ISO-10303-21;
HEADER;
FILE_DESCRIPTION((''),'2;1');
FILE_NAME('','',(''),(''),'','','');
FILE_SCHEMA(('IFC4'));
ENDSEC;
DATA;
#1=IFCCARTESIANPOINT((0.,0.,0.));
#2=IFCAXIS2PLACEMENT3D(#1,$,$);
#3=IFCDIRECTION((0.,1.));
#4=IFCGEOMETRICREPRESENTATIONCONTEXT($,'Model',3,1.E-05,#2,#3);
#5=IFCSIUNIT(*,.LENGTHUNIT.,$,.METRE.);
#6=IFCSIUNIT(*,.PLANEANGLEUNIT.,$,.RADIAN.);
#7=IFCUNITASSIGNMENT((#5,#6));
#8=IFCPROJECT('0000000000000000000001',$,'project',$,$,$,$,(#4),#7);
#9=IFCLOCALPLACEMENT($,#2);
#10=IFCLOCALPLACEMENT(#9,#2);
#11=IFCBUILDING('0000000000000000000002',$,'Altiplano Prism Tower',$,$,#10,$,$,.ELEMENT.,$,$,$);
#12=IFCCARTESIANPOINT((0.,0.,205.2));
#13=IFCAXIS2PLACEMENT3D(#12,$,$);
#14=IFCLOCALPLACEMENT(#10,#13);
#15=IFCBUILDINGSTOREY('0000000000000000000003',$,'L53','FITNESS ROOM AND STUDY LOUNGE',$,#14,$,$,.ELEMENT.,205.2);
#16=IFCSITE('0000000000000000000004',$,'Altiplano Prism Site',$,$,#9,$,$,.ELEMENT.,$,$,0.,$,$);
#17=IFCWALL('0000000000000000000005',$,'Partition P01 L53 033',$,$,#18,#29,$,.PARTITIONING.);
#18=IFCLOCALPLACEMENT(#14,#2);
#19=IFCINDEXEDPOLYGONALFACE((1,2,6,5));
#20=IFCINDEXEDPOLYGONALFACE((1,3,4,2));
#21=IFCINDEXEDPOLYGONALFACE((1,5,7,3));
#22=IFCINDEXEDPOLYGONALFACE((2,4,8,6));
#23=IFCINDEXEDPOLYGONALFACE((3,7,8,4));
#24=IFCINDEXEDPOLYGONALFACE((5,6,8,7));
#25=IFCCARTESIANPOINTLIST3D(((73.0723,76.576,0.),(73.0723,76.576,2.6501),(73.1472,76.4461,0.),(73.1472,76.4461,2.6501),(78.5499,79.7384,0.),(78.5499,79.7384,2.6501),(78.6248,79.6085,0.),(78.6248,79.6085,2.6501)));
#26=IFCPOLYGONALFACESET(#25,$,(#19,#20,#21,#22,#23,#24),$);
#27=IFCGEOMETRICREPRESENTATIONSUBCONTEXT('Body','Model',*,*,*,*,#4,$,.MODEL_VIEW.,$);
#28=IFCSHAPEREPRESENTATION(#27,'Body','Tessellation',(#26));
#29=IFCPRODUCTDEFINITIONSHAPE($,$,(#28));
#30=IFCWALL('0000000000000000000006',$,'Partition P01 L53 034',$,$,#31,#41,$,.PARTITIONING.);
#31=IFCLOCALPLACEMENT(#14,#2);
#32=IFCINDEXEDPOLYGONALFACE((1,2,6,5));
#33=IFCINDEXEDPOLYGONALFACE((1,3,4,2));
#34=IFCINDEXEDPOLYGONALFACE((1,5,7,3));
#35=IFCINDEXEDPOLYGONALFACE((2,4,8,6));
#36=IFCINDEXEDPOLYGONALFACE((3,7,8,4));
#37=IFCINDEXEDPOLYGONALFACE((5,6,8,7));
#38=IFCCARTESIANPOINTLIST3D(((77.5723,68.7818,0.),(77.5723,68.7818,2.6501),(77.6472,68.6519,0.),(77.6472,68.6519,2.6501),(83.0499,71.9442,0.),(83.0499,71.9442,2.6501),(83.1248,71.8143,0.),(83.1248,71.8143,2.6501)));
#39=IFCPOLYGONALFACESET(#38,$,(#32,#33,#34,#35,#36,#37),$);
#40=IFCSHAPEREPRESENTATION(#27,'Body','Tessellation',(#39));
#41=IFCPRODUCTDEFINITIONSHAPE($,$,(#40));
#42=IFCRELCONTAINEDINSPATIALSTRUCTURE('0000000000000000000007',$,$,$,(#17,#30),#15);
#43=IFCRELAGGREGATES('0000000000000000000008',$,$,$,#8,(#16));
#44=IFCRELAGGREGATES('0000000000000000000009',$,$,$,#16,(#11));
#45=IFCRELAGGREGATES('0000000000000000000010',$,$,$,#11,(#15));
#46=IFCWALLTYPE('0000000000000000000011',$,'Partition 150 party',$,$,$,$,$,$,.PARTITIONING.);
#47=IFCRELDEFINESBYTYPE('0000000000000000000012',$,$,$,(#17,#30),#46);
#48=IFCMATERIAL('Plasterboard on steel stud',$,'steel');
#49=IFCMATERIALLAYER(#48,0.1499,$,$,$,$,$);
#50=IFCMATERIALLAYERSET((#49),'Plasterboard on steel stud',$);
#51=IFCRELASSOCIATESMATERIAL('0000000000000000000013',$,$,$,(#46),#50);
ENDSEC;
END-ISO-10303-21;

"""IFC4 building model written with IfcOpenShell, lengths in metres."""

from ifc_helpers import new_model, si_unit, direction, frame, frame_2d, origin, place, context, subcontext, project, spatial, rectangle, extrude, material, layer, layer_set, type_object, element, save


model = new_model("IFC4")

# Units and contexts
model_context = context("Model", 3, precision=1e-05, world=origin(), true_north=direction((0.0, 1.0)))
body_context = subcontext(model_context, "Body", "Model", "MODEL_VIEW")
ifc_project = project(units=[si_unit("LENGTHUNIT", "METRE"), si_unit("PLANEANGLEUNIT", "RADIAN")], contexts=[model_context])

# Site, building, storey
site_placement = place(None, origin())
site = spatial("IfcSite", under=ifc_project, at=site_placement, Name="Altiplano Prism Site", CompositionType="ELEMENT", RefElevation=0.0)
building_placement = place(site_placement, origin())
building = spatial("IfcBuilding", under=site, at=building_placement, Name="Altiplano Prism Tower", CompositionType="ELEMENT")
storey_placement = place(building_placement, frame((0.0, 0.0, 205.2)))
storey = spatial("IfcBuildingStorey", under=building, at=storey_placement, Name="L53", Description="FITNESS ROOM AND STUDY LOUNGE", CompositionType="ELEMENT", Elevation=205.2)

# Walls
ifc_material_1 = material(Name="Plasterboard on steel stud", Category="steel")
ifc_layer_1 = layer(ifc_material_1, 0.1499)
ifc_layer_set_1 = layer_set([ifc_layer_1], Name="Plasterboard on steel stud")
wall_type = type_object("IfcWallType", Name="Partition 150 party", PredefinedType="PARTITIONING", material=ifc_layer_set_1)
for number, where, z_axis, x_axis, name in (
    (1, (73.1096, 76.511, 0.0), (0.0, 0.0, 1.0), (0.866033, 0.499988, 0.0), "Partition P01 L53 033"),
    (2, (77.6096, 68.7168, 0.0), (0.0, 0.0, 1.0), (0.866033, 0.499988, 0.0), "Partition P01 L53 034"),
):
    element("IfcWall", number, at=place(storey_placement, frame(where, z_axis=z_axis, x_axis=x_axis)), inside=storey, type_object=wall_type, Name=name, PredefinedType="PARTITIONING", context=body_context, shape_type="SweptSolid", body=[
        extrude(rectangle(XDim=6.325, YDim=0.1499, at=frame_2d((3.1626, 0.0))), origin(), (0.0, 0.0, 1.0), 2.6501),
    ])

save(model, "model.ifc")
